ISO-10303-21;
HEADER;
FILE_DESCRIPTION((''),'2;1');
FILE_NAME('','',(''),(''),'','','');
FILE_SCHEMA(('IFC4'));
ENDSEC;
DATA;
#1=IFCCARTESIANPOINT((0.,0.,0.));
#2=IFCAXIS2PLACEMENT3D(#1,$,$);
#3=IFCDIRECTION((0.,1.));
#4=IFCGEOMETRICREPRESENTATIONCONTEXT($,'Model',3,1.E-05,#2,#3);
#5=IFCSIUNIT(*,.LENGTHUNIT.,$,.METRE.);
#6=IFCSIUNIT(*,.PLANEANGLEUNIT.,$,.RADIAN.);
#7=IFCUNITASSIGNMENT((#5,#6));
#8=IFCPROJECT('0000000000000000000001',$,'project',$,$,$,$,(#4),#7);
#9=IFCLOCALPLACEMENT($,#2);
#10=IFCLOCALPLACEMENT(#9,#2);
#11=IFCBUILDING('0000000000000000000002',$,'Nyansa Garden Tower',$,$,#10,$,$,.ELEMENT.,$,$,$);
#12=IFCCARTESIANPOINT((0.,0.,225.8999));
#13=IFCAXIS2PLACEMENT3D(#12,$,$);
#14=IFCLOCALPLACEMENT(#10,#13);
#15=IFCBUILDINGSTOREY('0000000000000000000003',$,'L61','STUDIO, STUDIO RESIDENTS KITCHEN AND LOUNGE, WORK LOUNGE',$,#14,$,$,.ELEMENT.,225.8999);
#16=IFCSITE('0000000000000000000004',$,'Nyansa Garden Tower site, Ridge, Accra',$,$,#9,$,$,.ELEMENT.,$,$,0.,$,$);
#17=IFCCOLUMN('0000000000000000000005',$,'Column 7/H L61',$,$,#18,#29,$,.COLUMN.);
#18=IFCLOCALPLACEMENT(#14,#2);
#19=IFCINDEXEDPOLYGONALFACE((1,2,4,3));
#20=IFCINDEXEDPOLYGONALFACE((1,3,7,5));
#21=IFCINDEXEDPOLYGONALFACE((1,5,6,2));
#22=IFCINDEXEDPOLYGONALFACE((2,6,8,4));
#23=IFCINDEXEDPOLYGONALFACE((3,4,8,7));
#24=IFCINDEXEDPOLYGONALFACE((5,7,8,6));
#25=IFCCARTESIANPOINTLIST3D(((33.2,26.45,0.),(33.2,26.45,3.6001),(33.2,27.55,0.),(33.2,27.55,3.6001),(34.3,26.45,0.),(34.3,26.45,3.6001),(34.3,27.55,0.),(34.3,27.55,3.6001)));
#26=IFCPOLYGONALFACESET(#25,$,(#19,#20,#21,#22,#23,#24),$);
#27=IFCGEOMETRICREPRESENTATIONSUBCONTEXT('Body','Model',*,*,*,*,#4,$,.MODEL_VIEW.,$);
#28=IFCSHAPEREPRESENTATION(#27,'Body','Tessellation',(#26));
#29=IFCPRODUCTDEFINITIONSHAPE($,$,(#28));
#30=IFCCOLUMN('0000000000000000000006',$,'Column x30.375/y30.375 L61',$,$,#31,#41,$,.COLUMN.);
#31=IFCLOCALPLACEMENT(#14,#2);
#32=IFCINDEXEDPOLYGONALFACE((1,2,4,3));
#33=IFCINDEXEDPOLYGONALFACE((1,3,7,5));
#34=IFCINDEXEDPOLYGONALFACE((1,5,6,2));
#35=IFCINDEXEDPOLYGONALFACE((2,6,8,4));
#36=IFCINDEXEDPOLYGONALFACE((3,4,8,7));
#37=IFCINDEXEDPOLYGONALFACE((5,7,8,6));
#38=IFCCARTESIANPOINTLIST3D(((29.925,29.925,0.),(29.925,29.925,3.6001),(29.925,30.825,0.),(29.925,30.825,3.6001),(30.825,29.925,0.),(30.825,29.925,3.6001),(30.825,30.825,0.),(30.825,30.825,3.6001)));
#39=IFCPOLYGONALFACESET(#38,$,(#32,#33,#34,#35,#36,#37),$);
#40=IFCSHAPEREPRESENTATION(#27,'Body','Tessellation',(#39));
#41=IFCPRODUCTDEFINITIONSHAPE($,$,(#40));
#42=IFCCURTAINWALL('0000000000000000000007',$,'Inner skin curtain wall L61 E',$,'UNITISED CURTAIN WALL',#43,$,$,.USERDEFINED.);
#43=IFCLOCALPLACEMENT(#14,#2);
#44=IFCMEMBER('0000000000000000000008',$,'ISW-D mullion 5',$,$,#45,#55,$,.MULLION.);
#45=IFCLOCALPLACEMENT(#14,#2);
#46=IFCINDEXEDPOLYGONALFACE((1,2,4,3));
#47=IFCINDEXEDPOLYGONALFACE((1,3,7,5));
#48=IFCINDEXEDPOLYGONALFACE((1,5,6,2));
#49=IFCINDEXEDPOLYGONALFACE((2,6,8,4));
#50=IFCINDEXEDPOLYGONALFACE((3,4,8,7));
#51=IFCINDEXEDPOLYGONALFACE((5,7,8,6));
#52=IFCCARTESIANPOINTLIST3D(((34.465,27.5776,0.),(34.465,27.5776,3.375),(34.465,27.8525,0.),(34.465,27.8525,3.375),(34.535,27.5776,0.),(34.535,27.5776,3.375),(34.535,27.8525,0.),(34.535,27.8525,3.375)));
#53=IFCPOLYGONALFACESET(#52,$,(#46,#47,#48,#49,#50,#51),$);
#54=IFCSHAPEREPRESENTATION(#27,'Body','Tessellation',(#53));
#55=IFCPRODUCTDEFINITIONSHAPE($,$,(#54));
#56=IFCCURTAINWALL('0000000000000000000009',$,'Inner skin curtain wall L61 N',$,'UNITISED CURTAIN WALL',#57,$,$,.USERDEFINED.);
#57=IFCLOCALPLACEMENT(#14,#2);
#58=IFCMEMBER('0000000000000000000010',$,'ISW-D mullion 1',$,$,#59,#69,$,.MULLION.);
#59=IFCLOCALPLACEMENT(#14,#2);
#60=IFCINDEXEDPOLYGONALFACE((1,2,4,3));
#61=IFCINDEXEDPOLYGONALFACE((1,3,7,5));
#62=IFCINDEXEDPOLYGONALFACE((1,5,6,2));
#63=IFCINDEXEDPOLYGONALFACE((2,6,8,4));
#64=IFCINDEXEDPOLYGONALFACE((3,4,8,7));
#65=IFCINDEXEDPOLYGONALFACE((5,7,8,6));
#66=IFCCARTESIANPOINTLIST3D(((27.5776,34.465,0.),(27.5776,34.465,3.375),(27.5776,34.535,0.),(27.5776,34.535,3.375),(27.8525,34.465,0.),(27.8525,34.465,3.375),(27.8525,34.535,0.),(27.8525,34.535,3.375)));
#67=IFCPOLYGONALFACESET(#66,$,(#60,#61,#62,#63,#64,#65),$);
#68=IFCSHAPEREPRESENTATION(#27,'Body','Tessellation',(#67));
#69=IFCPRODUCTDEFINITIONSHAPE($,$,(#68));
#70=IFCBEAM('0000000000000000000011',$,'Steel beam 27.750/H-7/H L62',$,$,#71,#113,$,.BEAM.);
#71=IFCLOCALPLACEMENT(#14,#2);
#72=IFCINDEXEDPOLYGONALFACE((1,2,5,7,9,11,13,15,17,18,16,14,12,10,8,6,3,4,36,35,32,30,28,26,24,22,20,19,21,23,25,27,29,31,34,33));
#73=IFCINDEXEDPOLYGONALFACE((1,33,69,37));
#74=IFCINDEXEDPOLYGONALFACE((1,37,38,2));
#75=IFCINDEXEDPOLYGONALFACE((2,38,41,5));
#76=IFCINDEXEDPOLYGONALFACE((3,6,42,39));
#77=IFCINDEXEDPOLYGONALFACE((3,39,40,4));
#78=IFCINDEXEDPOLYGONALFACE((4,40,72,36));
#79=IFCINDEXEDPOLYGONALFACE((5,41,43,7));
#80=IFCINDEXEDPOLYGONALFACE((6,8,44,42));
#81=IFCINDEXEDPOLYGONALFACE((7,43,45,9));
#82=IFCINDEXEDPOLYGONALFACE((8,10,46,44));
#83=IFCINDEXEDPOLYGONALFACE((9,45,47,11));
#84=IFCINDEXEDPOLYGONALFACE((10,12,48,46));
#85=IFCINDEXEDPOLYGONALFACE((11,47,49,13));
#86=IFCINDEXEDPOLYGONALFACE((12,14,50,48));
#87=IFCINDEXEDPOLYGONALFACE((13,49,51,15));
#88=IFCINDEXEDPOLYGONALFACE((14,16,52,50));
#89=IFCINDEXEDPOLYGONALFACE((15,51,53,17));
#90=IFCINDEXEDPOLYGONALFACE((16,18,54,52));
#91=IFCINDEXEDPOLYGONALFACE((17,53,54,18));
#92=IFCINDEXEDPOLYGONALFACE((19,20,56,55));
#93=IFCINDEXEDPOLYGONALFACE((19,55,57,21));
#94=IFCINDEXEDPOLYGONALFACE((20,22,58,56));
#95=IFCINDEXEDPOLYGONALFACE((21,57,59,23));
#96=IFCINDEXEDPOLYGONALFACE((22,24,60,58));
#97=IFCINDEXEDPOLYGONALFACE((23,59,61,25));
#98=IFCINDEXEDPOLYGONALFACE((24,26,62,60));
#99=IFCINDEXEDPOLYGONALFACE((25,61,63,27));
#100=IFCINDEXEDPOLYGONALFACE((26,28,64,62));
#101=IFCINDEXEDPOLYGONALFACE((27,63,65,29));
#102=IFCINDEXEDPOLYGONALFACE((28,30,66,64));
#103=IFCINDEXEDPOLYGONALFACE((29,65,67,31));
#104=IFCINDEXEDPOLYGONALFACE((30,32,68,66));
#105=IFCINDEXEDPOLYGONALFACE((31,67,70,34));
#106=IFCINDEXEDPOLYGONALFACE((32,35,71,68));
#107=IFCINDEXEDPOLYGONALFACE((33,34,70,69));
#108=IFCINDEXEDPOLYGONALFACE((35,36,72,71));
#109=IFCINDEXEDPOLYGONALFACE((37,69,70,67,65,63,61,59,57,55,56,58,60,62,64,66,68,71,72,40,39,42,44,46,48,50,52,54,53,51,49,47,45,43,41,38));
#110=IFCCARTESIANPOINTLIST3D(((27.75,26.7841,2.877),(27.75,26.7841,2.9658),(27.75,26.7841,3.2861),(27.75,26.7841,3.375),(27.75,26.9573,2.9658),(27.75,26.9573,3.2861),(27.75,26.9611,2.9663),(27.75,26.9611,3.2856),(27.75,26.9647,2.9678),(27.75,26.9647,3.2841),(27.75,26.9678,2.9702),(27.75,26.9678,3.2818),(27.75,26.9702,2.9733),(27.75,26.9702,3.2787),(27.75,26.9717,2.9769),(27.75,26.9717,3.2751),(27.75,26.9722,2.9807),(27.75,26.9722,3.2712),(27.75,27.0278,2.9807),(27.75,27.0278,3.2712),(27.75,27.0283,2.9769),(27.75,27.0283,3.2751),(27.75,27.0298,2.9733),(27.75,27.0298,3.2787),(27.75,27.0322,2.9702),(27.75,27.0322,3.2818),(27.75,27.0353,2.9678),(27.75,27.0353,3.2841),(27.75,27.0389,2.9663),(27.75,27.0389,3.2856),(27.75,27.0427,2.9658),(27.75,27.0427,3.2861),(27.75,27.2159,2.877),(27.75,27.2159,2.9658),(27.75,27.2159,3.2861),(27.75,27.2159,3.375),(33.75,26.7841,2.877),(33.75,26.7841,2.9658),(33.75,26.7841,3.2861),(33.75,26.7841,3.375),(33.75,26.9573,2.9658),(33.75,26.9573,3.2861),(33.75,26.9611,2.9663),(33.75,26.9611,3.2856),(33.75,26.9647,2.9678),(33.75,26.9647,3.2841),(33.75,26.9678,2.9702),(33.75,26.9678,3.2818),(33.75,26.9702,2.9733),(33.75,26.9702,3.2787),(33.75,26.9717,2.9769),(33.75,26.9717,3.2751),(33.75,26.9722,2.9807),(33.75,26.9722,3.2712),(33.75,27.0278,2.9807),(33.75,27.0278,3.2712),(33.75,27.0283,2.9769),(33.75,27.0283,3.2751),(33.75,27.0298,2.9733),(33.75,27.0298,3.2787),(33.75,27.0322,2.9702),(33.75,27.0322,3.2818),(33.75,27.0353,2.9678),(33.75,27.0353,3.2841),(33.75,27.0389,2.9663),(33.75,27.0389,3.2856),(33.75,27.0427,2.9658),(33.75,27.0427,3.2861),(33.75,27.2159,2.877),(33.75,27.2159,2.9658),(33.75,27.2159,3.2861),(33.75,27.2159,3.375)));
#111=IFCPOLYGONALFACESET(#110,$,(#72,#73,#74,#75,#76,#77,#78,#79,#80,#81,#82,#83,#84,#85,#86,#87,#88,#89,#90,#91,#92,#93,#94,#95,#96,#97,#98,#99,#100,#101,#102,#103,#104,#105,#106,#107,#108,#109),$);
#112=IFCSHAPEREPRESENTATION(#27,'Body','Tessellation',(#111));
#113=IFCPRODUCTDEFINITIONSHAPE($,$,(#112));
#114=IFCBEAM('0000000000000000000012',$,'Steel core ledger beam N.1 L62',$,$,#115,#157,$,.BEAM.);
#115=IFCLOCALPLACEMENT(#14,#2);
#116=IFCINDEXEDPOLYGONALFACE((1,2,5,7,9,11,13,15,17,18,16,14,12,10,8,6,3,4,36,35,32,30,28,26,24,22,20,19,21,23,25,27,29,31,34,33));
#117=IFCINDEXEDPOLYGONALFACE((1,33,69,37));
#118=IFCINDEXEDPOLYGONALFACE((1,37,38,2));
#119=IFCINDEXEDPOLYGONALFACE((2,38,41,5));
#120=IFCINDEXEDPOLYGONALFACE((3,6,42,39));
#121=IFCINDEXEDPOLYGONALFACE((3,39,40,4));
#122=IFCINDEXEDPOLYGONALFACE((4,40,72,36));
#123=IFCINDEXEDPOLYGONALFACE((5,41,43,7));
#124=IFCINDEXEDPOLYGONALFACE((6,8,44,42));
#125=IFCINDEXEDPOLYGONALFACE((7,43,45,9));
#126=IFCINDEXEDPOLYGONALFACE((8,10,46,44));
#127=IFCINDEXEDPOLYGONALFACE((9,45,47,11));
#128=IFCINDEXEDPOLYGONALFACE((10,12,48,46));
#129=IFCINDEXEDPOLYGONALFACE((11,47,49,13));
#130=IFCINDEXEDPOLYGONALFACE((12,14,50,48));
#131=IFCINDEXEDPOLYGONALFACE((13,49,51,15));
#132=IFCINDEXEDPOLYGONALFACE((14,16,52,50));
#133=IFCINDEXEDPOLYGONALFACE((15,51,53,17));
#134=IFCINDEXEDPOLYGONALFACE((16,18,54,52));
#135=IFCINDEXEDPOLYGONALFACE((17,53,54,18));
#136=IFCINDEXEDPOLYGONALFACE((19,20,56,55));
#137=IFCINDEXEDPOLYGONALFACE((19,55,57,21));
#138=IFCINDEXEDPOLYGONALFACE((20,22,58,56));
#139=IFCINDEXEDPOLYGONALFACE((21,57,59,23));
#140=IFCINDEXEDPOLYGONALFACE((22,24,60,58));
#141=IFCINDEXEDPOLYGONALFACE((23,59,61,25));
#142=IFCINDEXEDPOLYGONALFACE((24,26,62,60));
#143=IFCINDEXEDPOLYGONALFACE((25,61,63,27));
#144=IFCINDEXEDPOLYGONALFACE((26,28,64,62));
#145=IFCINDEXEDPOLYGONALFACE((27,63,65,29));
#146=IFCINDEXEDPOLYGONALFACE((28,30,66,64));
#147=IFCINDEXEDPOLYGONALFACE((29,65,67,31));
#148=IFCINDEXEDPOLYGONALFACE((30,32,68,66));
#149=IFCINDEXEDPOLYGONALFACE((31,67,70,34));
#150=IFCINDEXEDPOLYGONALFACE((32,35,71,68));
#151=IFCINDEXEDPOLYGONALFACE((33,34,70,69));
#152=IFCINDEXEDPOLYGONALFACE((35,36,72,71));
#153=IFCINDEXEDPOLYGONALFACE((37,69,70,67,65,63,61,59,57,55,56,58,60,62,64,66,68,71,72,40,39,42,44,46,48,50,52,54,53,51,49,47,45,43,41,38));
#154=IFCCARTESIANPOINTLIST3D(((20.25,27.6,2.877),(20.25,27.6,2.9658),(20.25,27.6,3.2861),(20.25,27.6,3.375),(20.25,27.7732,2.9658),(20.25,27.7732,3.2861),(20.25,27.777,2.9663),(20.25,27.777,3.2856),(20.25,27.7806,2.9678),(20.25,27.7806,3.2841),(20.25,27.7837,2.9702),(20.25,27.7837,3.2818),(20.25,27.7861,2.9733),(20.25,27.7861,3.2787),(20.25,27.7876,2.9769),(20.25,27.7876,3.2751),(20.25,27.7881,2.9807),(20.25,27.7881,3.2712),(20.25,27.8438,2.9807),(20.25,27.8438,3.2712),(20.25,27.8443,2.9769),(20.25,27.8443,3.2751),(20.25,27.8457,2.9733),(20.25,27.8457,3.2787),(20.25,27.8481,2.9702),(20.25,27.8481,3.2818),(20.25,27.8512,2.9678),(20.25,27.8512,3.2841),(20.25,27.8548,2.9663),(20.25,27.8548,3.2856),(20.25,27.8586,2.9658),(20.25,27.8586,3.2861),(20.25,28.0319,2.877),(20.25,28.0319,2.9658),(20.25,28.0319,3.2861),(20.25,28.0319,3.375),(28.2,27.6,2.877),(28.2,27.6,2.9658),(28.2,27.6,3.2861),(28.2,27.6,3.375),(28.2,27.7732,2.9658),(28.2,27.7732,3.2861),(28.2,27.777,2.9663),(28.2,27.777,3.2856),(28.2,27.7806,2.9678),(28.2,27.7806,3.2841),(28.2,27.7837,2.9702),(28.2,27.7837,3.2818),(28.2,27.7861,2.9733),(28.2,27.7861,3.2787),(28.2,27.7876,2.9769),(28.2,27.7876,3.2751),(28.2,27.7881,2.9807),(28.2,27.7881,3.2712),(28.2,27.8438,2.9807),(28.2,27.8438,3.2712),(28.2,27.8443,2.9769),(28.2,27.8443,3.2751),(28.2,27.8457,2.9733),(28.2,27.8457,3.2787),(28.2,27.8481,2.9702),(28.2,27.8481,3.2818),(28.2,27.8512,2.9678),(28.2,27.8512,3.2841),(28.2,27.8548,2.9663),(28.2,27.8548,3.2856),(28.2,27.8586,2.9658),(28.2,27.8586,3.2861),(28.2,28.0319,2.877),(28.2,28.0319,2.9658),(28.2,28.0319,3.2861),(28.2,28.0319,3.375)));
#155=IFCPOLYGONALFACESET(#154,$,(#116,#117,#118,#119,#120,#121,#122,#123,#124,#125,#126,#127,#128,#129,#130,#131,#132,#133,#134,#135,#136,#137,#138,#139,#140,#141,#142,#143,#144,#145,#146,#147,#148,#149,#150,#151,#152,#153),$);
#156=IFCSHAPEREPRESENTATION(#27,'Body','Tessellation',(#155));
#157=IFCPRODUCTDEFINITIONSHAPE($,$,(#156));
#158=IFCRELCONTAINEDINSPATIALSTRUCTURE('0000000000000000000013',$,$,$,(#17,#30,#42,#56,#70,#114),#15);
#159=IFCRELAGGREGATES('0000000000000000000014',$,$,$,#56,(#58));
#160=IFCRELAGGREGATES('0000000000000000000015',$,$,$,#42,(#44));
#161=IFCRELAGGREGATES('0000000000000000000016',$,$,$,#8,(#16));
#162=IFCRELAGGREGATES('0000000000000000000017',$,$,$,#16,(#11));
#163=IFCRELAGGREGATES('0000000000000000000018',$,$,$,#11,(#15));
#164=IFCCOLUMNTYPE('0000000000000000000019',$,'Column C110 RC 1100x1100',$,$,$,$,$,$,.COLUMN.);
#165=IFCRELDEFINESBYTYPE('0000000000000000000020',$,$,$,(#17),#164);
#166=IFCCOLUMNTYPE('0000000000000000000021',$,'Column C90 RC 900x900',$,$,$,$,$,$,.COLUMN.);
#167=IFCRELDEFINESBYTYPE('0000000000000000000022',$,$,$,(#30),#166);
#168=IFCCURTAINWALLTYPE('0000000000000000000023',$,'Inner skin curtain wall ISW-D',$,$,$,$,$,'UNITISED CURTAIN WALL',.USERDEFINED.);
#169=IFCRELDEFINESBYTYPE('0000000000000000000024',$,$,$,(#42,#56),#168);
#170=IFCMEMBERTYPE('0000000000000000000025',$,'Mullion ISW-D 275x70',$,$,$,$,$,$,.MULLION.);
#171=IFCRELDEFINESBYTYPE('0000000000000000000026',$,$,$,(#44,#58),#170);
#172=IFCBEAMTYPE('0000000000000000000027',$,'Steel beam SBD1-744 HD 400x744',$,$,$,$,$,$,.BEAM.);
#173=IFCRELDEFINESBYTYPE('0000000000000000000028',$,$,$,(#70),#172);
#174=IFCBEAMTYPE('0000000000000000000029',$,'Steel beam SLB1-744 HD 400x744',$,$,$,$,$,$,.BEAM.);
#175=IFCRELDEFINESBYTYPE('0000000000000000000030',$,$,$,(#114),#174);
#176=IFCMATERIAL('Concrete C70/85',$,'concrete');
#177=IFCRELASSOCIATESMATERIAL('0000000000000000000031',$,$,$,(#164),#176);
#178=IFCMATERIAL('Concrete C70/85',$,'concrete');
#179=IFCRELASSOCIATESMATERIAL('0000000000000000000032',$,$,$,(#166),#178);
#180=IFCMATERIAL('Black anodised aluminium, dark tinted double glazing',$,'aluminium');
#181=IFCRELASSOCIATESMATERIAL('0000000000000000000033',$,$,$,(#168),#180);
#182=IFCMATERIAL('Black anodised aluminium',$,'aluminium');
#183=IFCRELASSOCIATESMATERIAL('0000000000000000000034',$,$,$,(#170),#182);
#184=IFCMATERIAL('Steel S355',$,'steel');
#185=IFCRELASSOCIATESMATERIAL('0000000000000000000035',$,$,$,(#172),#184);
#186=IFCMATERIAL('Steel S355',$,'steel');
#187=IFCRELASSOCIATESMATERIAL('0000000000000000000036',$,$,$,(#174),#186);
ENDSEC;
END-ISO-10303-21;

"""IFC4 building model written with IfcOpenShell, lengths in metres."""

from ifc_helpers import new_model, si_unit, direction, frame, origin, origin_2d, place, context, subcontext, project, spatial, rectangle, i_section, extrude, material, material_profile, profile_set, type_object, element, aggregate, save


model = new_model("IFC4")

# Units and contexts
model_context = context("Model", 3, precision=1e-05, world=origin(), true_north=direction((0.0, 1.0)))
body_context = subcontext(model_context, "Body", "Model", "MODEL_VIEW")
ifc_project = project(units=[si_unit("LENGTHUNIT", "METRE"), si_unit("PLANEANGLEUNIT", "RADIAN")], contexts=[model_context])

# Site, building, storey
site_placement = place(None, origin())
site = spatial("IfcSite", under=ifc_project, at=site_placement, Name="Nyansa Garden Tower site, Ridge, Accra", CompositionType="ELEMENT", RefElevation=0.0)
building_placement = place(site_placement, origin())
building = spatial("IfcBuilding", under=site, at=building_placement, Name="Nyansa Garden Tower", CompositionType="ELEMENT")
storey_placement = place(building_placement, frame((0.0, 0.0, 225.8999)))
storey = spatial("IfcBuildingStorey", under=building, at=storey_placement, Name="L61", Description="STUDIO, STUDIO RESIDENTS KITCHEN AND LOUNGE, WORK LOUNGE", CompositionType="ELEMENT", Elevation=225.8999)

# Columns
ifc_material_1 = material(Name="Concrete C70/85", Category="concrete")
ifc_material_profile_1 = material_profile(ifc_material_1, rectangle(XDim=1.1001, YDim=1.1001, at=origin_2d()), Name="RC 1100x1100")
ifc_profile_set_1 = profile_set([ifc_material_profile_1], Name="Concrete C70/85")
column_type_1 = type_object("IfcColumnType", Name="Column C110 RC 1100x1100", PredefinedType="COLUMN", material=ifc_profile_set_1)
column_1_placement = place(storey_placement, frame((33.75, 27.0, 0.0), z_axis=(0.0, 0.0, 1.0), x_axis=(1.0, 0.0, 0.0)))
element("IfcColumn", 1, at=column_1_placement, inside=storey, type_object=column_type_1, Name="Column 7/H L61", PredefinedType="COLUMN", context=body_context, shape_type="SweptSolid", body=[
    extrude(rectangle(XDim=1.1001, YDim=1.1001, at=origin_2d()), origin(), (0.0, 0.0, 1.0), 3.6001),
])
ifc_material_2 = material(Name="Concrete C70/85", Category="concrete")
ifc_material_profile_2 = material_profile(ifc_material_2, rectangle(XDim=0.8999, YDim=0.8999, at=origin_2d()), Name="RC 900x900")
ifc_profile_set_2 = profile_set([ifc_material_profile_2], Name="Concrete C70/85")
column_type_2 = type_object("IfcColumnType", Name="Column C90 RC 900x900", PredefinedType="COLUMN", material=ifc_profile_set_2)
column_2_placement = place(storey_placement, frame((30.375, 30.375, 0.0), z_axis=(0.0, 0.0, 1.0), x_axis=(1.0, 0.0, 0.0)))
element("IfcColumn", 2, at=column_2_placement, inside=storey, type_object=column_type_2, Name="Column x30.375/y30.375 L61", PredefinedType="COLUMN", context=body_context, shape_type="SweptSolid", body=[
    extrude(rectangle(XDim=0.8999, YDim=0.8999, at=origin_2d()), origin(), (0.0, 0.0, 1.0), 3.6001),
])

# Curtain walls, members
ifc_material_3 = material(Name="Black anodised aluminium, dark tinted double glazing", Category="aluminium")
curtain_wall_type = type_object("IfcCurtainWallType", Name="Inner skin curtain wall ISW-D", ElementType="UNITISED CURTAIN WALL", PredefinedType="USERDEFINED", material=ifc_material_3)
curtain_wall_1_placement = place(storey_placement, origin())
curtain_wall_1 = element("IfcCurtainWall", 3, at=curtain_wall_1_placement, inside=storey, type_object=curtain_wall_type, Name="Inner skin curtain wall L61 E", ObjectType="UNITISED CURTAIN WALL", PredefinedType="USERDEFINED")
ifc_material_4 = material(Name="Black anodised aluminium", Category="aluminium")
ifc_material_profile_3 = material_profile(ifc_material_4, rectangle(XDim=0.0701, YDim=0.2749, at=origin_2d()), Name="Mullion 275x70")
ifc_profile_set_3 = profile_set([ifc_material_profile_3], Name="Black anodised aluminium")
member_type_1 = type_object("IfcMemberType", Name="Mullion ISW-D 275x70", PredefinedType="MULLION", material=ifc_profile_set_3)
member_1_placement = place(storey_placement, frame((34.5, 27.7151, 0.0), z_axis=(0.0, 0.0, 1.0), x_axis=(-1.0, 0.0, 0.0)))
member_1 = element("IfcMember", 4, at=member_1_placement, type_object=member_type_1, Name="ISW-D mullion 5", PredefinedType="MULLION", context=body_context, shape_type="SweptSolid", body=[
    extrude(rectangle(XDim=0.0701, YDim=0.2749, at=origin_2d()), origin(), (0.0, 0.0, 1.0), 3.375),
])
curtain_wall_2_placement = place(storey_placement, origin())
curtain_wall_2 = element("IfcCurtainWall", 5, at=curtain_wall_2_placement, inside=storey, type_object=curtain_wall_type, Name="Inner skin curtain wall L61 N", ObjectType="UNITISED CURTAIN WALL", PredefinedType="USERDEFINED")
member_2_placement = place(storey_placement, frame((27.7151, 34.5, 0.0), z_axis=(0.0, 0.0, 1.0), x_axis=(0.0, -1.0, 0.0)))
member_2 = element("IfcMember", 6, at=member_2_placement, type_object=member_type_1, Name="ISW-D mullion 1", PredefinedType="MULLION", context=body_context, shape_type="SweptSolid", body=[
    extrude(rectangle(XDim=0.0701, YDim=0.2749, at=origin_2d()), origin(), (0.0, 0.0, 1.0), 3.375),
])

# Beams
ifc_material_5 = material(Name="Steel S355", Category="steel")
ifc_material_profile_4 = material_profile(ifc_material_5, i_section(OverallWidth=0.4319, OverallDepth=0.498, WebThickness=0.0557, FlangeThickness=0.0889, FilletRadius=0.0149, at=origin_2d()), Name="HD 400x744")
ifc_profile_set_4 = profile_set([ifc_material_profile_4], Name="Steel S355")
beam_type_1 = type_object("IfcBeamType", Name="Steel beam SBD1-744 HD 400x744", PredefinedType="BEAM", material=ifc_profile_set_4)
beam_1_placement = place(storey_placement, frame((27.75, 27.0, 3.126), z_axis=(1.0, 0.0, 0.0), x_axis=(0.0, 1.0, 0.0)))
element("IfcBeam", 7, at=beam_1_placement, inside=storey, type_object=beam_type_1, Name="Steel beam 27.750/H-7/H L62", PredefinedType="BEAM", context=body_context, shape_type="SweptSolid", body=[
    extrude(i_section(OverallWidth=0.4319, OverallDepth=0.498, WebThickness=0.0557, FlangeThickness=0.0889, FilletRadius=0.0149, at=origin_2d()), origin(), (0.0, 0.0, 1.0), 6.0),
])
ifc_material_6 = material(Name="Steel S355", Category="steel")
ifc_material_profile_5 = material_profile(ifc_material_6, i_section(OverallWidth=0.4319, OverallDepth=0.498, WebThickness=0.0557, FlangeThickness=0.0889, FilletRadius=0.0149, at=origin_2d()), Name="HD 400x744")
ifc_profile_set_5 = profile_set([ifc_material_profile_5], Name="Steel S355")
beam_type_2 = type_object("IfcBeamType", Name="Steel beam SLB1-744 HD 400x744", PredefinedType="BEAM", material=ifc_profile_set_5)
beam_2_placement = place(storey_placement, frame((28.2, 27.8159, 3.126), z_axis=(-1.0, 0.0, 0.0), x_axis=(0.0, -1.0, 0.0)))
element("IfcBeam", 8, at=beam_2_placement, inside=storey, type_object=beam_type_2, Name="Steel core ledger beam N.1 L62", PredefinedType="BEAM", context=body_context, shape_type="SweptSolid", body=[
    extrude(i_section(OverallWidth=0.4319, OverallDepth=0.498, WebThickness=0.0557, FlangeThickness=0.0889, FilletRadius=0.0149, at=origin_2d()), origin(), (0.0, 0.0, 1.0), 7.95),
])

aggregate(curtain_wall_2, [member_2])

aggregate(curtain_wall_1, [member_1])

save(model, "model.ifc")
